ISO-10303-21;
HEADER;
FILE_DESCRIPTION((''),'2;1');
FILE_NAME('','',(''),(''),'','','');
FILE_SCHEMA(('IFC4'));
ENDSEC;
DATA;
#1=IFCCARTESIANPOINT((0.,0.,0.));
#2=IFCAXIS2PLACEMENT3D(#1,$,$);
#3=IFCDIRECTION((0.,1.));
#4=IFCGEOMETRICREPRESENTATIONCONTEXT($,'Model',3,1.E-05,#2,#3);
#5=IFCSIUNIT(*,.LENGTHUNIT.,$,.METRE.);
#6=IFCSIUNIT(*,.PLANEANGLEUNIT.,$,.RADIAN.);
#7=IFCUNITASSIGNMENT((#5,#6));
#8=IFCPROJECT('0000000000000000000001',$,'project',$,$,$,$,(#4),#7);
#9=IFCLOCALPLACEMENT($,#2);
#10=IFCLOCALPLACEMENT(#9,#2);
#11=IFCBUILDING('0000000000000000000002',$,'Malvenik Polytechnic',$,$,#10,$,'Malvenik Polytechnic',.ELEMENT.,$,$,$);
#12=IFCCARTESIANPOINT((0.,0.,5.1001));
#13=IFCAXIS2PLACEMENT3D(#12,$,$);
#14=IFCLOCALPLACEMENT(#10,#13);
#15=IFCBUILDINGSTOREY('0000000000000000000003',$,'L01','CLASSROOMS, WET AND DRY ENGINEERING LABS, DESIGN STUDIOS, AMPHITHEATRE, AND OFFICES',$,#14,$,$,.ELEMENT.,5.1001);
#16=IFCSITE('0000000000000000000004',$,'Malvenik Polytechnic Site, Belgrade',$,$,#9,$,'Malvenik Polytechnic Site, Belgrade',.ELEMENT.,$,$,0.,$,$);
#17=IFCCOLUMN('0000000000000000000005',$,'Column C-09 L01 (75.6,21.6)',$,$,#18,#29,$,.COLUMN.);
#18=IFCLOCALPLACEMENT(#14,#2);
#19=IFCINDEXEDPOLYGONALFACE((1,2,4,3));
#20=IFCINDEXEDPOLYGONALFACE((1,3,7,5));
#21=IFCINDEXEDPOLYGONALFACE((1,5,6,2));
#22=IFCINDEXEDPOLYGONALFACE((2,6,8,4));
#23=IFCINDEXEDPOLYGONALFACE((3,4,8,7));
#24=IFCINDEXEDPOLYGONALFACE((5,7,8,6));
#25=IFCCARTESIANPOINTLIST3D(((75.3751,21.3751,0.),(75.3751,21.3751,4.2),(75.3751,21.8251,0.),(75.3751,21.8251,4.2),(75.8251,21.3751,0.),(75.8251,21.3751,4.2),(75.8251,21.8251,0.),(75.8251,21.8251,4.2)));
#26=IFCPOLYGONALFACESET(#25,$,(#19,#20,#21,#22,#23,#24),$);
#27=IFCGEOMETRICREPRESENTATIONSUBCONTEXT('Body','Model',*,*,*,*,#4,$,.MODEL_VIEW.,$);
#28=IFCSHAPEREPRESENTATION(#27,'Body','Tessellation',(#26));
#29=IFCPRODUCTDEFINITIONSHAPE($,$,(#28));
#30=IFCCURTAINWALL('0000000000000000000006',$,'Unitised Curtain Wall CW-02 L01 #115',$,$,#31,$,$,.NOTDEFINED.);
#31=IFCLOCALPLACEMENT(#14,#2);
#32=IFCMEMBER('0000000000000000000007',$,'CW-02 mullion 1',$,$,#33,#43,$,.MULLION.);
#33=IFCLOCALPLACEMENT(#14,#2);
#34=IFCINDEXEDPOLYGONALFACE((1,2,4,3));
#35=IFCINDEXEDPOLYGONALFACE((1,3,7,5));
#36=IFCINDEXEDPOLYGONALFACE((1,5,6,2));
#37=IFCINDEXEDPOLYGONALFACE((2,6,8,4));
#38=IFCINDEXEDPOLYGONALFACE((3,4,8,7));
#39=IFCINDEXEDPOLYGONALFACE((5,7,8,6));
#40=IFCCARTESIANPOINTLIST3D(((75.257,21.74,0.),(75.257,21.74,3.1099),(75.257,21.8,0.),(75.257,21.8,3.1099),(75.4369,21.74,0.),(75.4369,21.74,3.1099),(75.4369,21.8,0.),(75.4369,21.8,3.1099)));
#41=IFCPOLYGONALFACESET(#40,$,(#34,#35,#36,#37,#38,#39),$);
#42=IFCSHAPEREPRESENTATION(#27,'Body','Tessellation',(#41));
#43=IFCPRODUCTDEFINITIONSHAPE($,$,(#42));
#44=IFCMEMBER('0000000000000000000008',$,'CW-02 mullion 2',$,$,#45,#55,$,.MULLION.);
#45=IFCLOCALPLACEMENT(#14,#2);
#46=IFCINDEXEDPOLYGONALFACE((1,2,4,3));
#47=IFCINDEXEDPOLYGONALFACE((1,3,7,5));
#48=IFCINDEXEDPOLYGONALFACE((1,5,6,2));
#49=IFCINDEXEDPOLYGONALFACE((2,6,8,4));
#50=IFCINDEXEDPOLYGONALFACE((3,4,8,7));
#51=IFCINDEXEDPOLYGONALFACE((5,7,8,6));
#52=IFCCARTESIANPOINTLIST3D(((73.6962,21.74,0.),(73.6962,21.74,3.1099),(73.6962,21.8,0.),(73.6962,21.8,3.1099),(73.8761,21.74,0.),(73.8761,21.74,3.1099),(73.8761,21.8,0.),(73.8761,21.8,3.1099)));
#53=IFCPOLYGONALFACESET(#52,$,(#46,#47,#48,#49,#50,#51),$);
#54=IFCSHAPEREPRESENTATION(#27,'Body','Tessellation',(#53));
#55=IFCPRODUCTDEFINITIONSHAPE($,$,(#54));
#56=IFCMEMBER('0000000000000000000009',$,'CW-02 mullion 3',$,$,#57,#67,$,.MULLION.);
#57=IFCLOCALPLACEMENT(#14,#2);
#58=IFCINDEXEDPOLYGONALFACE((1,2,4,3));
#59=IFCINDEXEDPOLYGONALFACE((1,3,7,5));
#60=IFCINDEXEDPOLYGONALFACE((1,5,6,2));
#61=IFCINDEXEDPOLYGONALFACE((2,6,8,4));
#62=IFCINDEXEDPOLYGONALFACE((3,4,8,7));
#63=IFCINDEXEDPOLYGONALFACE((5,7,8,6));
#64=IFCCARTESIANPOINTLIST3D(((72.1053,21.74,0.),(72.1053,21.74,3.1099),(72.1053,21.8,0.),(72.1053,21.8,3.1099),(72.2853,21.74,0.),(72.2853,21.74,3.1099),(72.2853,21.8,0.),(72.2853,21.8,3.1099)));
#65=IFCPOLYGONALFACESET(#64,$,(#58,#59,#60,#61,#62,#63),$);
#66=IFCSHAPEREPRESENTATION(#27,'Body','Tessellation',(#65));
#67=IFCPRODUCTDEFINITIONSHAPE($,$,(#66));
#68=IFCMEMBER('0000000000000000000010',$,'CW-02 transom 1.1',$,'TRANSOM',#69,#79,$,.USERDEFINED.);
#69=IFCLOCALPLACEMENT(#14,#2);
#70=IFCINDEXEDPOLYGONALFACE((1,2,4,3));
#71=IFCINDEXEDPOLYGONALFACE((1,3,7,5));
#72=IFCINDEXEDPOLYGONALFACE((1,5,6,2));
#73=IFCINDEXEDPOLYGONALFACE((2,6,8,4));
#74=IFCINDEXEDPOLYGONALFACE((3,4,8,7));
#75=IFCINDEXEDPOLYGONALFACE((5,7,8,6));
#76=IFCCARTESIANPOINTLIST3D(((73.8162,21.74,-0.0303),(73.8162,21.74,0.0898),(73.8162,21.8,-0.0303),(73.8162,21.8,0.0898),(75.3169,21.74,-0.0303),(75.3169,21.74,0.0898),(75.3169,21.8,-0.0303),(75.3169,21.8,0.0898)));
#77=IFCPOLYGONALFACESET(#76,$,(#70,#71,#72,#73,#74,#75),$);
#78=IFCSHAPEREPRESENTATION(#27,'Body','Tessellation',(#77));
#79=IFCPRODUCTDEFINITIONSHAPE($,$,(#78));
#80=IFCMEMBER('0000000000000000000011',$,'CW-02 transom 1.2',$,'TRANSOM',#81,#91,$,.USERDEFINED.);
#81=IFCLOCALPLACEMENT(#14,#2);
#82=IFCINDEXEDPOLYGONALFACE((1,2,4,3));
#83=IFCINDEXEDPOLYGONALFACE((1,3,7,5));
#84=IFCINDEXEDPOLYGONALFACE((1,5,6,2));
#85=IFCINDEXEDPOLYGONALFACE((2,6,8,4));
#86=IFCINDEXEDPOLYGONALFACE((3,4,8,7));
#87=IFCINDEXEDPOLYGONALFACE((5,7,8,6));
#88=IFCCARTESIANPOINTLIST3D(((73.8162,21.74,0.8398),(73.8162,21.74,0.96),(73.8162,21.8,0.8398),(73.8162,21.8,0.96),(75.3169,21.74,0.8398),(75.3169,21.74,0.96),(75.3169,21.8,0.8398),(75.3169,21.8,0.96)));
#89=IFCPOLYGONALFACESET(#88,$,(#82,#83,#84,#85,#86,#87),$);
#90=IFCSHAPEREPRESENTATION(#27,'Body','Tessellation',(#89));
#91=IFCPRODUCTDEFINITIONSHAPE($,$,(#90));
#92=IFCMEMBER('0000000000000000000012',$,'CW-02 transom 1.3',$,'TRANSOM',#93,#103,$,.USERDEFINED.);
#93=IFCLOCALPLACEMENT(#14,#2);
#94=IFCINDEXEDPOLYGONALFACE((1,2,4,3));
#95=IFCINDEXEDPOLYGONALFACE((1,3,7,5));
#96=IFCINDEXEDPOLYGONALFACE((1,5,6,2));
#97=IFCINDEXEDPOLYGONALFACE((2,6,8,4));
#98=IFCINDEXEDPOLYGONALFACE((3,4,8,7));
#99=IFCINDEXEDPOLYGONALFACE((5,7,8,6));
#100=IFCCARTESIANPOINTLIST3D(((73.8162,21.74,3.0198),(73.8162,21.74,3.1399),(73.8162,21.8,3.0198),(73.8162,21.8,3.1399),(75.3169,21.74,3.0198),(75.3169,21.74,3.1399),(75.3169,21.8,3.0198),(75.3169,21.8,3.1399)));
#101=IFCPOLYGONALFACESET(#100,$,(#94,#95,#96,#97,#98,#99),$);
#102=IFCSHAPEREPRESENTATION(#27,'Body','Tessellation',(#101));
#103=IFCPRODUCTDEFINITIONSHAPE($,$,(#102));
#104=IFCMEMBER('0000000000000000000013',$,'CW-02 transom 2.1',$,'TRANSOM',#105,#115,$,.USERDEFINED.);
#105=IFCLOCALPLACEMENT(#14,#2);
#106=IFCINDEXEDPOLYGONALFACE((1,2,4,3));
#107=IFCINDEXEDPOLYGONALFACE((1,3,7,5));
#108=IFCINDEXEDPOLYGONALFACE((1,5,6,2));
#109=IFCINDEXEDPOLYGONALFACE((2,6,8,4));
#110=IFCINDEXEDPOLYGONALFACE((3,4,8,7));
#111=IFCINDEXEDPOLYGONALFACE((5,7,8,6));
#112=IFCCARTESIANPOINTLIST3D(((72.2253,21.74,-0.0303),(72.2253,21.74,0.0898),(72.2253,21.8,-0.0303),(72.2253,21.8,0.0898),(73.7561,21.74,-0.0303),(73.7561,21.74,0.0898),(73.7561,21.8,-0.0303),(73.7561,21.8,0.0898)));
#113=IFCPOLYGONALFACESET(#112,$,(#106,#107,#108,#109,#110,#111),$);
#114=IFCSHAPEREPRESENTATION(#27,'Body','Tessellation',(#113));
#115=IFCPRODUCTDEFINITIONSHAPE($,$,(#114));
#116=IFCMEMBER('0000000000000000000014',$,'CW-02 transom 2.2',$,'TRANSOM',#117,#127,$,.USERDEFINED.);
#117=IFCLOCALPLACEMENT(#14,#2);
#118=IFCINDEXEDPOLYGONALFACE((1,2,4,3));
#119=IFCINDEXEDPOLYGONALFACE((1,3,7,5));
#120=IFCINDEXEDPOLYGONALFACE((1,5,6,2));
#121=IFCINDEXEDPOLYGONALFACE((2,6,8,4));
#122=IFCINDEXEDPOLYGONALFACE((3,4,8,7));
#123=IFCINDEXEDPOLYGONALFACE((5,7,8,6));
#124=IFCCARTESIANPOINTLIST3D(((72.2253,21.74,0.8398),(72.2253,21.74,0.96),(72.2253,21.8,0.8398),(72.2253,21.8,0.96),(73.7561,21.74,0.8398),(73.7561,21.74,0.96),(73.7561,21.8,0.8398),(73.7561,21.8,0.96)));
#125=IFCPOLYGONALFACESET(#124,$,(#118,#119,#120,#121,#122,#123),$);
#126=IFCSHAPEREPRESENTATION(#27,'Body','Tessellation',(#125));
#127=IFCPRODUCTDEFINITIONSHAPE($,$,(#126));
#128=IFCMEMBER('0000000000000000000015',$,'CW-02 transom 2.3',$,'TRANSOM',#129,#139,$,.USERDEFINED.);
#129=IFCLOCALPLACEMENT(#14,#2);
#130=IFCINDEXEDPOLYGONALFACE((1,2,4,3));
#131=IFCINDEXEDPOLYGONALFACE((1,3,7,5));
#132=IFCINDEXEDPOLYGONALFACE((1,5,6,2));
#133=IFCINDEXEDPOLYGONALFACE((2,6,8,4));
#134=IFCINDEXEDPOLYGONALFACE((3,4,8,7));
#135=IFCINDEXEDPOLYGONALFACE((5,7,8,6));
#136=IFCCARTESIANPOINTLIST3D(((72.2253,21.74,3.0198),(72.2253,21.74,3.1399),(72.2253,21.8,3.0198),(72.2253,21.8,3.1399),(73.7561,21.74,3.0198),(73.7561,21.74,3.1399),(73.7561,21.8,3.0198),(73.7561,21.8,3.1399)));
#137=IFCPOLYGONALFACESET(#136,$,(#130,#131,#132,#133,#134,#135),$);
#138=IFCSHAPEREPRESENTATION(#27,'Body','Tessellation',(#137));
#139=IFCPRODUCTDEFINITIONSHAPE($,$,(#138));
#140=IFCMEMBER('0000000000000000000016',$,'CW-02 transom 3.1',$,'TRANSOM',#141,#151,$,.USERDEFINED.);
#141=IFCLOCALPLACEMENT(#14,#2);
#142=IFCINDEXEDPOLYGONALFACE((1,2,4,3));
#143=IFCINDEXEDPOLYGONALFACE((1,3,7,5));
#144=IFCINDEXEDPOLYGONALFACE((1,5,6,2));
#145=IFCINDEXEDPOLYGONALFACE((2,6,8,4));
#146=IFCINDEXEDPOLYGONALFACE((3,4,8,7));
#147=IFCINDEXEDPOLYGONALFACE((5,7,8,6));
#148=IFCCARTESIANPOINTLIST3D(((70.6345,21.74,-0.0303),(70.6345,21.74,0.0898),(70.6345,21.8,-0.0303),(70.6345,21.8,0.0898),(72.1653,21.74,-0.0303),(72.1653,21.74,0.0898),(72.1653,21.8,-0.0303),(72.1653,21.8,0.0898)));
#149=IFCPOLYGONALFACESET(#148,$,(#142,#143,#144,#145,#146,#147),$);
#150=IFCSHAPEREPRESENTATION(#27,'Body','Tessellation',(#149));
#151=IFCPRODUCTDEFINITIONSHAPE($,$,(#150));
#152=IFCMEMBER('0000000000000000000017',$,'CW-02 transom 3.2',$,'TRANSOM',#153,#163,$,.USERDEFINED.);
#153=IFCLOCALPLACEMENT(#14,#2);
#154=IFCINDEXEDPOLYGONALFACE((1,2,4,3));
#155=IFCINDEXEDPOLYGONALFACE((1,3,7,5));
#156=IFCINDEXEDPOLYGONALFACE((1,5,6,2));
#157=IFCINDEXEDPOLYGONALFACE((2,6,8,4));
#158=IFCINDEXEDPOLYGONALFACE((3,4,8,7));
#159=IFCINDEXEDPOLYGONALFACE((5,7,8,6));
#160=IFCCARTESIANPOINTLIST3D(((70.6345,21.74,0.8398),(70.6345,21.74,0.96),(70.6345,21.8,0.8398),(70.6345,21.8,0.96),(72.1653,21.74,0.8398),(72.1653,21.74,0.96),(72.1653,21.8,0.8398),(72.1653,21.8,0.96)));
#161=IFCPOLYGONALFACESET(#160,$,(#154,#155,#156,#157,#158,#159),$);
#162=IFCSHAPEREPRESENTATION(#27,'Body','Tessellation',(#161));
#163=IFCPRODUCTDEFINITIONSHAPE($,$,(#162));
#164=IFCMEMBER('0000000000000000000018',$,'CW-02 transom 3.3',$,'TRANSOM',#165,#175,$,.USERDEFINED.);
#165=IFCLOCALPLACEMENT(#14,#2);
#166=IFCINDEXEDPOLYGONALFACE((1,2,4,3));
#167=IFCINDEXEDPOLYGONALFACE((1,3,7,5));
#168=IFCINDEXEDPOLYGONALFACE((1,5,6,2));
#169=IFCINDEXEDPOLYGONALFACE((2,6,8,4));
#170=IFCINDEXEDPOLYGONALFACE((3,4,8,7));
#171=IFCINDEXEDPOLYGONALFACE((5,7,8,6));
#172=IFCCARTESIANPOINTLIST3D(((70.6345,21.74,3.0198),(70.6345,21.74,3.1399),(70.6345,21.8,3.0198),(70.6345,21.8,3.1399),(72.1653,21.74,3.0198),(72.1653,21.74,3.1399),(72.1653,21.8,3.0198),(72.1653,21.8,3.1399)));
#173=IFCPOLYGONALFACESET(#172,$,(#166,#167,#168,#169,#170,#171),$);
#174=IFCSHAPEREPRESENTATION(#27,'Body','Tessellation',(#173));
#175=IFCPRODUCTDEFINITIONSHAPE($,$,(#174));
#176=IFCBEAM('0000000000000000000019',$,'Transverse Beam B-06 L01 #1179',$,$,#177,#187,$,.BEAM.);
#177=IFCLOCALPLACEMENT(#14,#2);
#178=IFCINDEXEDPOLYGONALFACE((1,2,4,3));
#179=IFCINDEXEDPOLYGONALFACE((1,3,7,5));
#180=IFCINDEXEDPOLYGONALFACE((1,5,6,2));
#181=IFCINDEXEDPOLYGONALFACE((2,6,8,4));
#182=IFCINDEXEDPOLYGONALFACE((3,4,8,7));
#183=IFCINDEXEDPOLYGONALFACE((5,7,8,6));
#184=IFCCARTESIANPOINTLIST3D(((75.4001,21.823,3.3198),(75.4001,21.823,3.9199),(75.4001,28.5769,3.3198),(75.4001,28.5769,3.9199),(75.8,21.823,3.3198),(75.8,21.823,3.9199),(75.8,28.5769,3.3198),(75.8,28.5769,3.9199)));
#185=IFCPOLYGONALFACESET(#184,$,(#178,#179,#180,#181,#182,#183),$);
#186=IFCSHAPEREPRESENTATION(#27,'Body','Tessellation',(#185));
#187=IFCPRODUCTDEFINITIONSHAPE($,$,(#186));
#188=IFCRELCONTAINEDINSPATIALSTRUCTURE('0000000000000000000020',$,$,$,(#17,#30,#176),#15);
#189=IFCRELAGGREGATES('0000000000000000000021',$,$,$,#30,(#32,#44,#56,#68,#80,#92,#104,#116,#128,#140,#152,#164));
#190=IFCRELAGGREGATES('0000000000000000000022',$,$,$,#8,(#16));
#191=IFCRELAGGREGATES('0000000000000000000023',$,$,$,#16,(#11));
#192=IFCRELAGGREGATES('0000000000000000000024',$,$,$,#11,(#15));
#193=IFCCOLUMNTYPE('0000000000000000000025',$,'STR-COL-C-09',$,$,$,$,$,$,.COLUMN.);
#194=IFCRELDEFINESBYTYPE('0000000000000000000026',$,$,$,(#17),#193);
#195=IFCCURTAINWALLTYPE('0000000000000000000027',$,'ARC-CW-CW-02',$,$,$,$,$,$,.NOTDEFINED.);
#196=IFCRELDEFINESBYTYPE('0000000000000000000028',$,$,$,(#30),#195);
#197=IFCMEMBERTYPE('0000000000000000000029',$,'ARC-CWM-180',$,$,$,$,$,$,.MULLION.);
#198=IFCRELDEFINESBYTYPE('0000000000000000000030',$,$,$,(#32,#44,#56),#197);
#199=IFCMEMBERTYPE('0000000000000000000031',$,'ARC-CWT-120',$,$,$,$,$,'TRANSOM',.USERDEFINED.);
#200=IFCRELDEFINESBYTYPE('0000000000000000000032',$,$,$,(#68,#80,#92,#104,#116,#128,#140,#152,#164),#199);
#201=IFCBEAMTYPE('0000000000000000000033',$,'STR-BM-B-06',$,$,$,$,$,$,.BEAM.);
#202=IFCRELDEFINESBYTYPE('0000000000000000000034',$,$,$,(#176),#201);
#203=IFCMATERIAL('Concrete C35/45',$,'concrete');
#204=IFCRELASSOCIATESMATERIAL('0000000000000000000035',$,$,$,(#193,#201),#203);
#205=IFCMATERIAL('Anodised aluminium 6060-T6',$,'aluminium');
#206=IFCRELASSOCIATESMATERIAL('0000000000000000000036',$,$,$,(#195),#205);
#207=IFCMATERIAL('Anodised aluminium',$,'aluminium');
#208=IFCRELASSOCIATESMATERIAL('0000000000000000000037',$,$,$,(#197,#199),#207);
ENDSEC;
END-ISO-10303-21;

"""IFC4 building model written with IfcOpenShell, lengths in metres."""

from ifc_helpers import new_model, si_unit, direction, frame, origin, origin_2d, place, context, subcontext, project, spatial, rectangle, extrude, material, material_profile, profile_set, type_object, element, aggregate, save


model = new_model("IFC4")

# Units and contexts
model_context = context("Model", 3, precision=1e-05, world=origin(), true_north=direction((0.0, 1.0)))
body_context = subcontext(model_context, "Body", "Model", "MODEL_VIEW")
ifc_project = project(units=[si_unit("LENGTHUNIT", "METRE"), si_unit("PLANEANGLEUNIT", "RADIAN")], contexts=[model_context])

# Site, building, storey
site_placement = place(None, origin())
site = spatial("IfcSite", under=ifc_project, at=site_placement, Name="Malvenik Polytechnic Site, Belgrade", LongName="Malvenik Polytechnic Site, Belgrade", CompositionType="ELEMENT", RefElevation=0.0)
building_placement = place(site_placement, origin())
building = spatial("IfcBuilding", under=site, at=building_placement, Name="Malvenik Polytechnic", LongName="Malvenik Polytechnic", CompositionType="ELEMENT")
storey_placement = place(building_placement, frame((0.0, 0.0, 5.1001)))
storey = spatial("IfcBuildingStorey", under=building, at=storey_placement, Name="L01", Description="CLASSROOMS, WET AND DRY ENGINEERING LABS, DESIGN STUDIOS, AMPHITHEATRE, AND OFFICES", CompositionType="ELEMENT", Elevation=5.1001)

# Column
ifc_material_1 = material(Name="Concrete C35/45", Category="concrete")
ifc_material_profile_1 = material_profile(ifc_material_1, rectangle(XDim=0.45, YDim=0.45, at=origin_2d()), Name="RC COL 450x450")
ifc_profile_set_1 = profile_set([ifc_material_profile_1], Name="Concrete C35/45")
column_type = type_object("IfcColumnType", Name="STR-COL-C-09", PredefinedType="COLUMN", material=ifc_profile_set_1)
column_placement = place(storey_placement, frame((75.6001, 21.6001, 0.0), z_axis=(0.0, 0.0, 1.0), x_axis=(1.0, 0.0, 0.0)))
element("IfcColumn", 1, at=column_placement, inside=storey, type_object=column_type, Name="Column C-09 L01 (75.6,21.6)", PredefinedType="COLUMN", context=body_context, shape_type="SweptSolid", body=[
    extrude(rectangle(XDim=0.45, YDim=0.45, at=origin_2d()), origin(), (0.0, 0.0, 1.0), 4.2),
])

# Curtain wall, members
ifc_material_2 = material(Name="Anodised aluminium 6060-T6", Category="aluminium")
curtain_wall_type = type_object("IfcCurtainWallType", Name="ARC-CW-CW-02", PredefinedType="NOTDEFINED", material=ifc_material_2)
curtain_wall_placement = place(storey_placement, origin())
curtain_wall = element("IfcCurtainWall", 2, at=curtain_wall_placement, inside=storey, type_object=curtain_wall_type, Name="Unitised Curtain Wall CW-02 L01 #115", PredefinedType="NOTDEFINED")
ifc_material_3 = material(Name="Anodised aluminium", Category="aluminium")
ifc_material_profile_2 = material_profile(ifc_material_3, rectangle(XDim=0.0601, YDim=0.1799, at=origin_2d()), Name="ALU MULLION 60x180")
ifc_profile_set_2 = profile_set([ifc_material_profile_2], Name="Anodised aluminium")
member_type_1 = type_object("IfcMemberType", Name="ARC-CWM-180", PredefinedType="MULLION", material=ifc_profile_set_2)
member_1_placement = place(storey_placement, frame((75.3469, 21.77, 0.0), z_axis=(0.0, 0.0, 1.0), x_axis=(0.0, -1.0, 0.0)))
member_1 = element("IfcMember", 3, at=member_1_placement, type_object=member_type_1, Name="CW-02 mullion 1", PredefinedType="MULLION", context=body_context, shape_type="SweptSolid", body=[
    extrude(rectangle(XDim=0.0601, YDim=0.1799, at=origin_2d()), origin(), (0.0, 0.0, 1.0), 3.1099),
])
member_2_placement = place(storey_placement, frame((73.7861, 21.77, 0.0), z_axis=(0.0, 0.0, 1.0), x_axis=(0.0, -1.0, 0.0)))
member_2 = element("IfcMember", 4, at=member_2_placement, type_object=member_type_1, Name="CW-02 mullion 2", PredefinedType="MULLION", context=body_context, shape_type="SweptSolid", body=[
    extrude(rectangle(XDim=0.0601, YDim=0.1799, at=origin_2d()), origin(), (0.0, 0.0, 1.0), 3.1099),
])
member_3_placement = place(storey_placement, frame((72.1953, 21.77, 0.0), z_axis=(0.0, 0.0, 1.0), x_axis=(0.0, -1.0, 0.0)))
member_3 = element("IfcMember", 5, at=member_3_placement, type_object=member_type_1, Name="CW-02 mullion 3", PredefinedType="MULLION", context=body_context, shape_type="SweptSolid", body=[
    extrude(rectangle(XDim=0.0601, YDim=0.1799, at=origin_2d()), origin(), (0.0, 0.0, 1.0), 3.1099),
])
ifc_material_profile_3 = material_profile(ifc_material_3, rectangle(XDim=0.0601, YDim=0.1201, at=origin_2d()), Name="ALU TRANSOM 60x120")
ifc_profile_set_3 = profile_set([ifc_material_profile_3], Name="Anodised aluminium")
member_type_2 = type_object("IfcMemberType", Name="ARC-CWT-120", ElementType="TRANSOM", PredefinedType="USERDEFINED", material=ifc_profile_set_3)
member_4_placement = place(storey_placement, frame((75.3169, 21.77, 0.0298), z_axis=(-1.0, 0.0, 0.0), x_axis=(0.0, -1.0, 0.0)))
member_4 = element("IfcMember", 6, at=member_4_placement, type_object=member_type_2, Name="CW-02 transom 1.1", ObjectType="TRANSOM", PredefinedType="USERDEFINED", context=body_context, shape_type="SweptSolid", body=[
    extrude(rectangle(XDim=0.0601, YDim=0.1201, at=origin_2d()), origin(), (0.0, 0.0, 1.0), 1.5007),
])
member_5_placement = place(storey_placement, frame((75.3169, 21.77, 0.8999), z_axis=(-1.0, 0.0, 0.0), x_axis=(0.0, -1.0, 0.0)))
member_5 = element("IfcMember", 7, at=member_5_placement, type_object=member_type_2, Name="CW-02 transom 1.2", ObjectType="TRANSOM", PredefinedType="USERDEFINED", context=body_context, shape_type="SweptSolid", body=[
    extrude(rectangle(XDim=0.0601, YDim=0.1201, at=origin_2d()), origin(), (0.0, 0.0, 1.0), 1.5007),
])
member_6_placement = place(storey_placement, frame((75.3169, 21.77, 3.0798), z_axis=(-1.0, 0.0, 0.0), x_axis=(0.0, -1.0, 0.0)))
member_6 = element("IfcMember", 8, at=member_6_placement, type_object=member_type_2, Name="CW-02 transom 1.3", ObjectType="TRANSOM", PredefinedType="USERDEFINED", context=body_context, shape_type="SweptSolid", body=[
    extrude(rectangle(XDim=0.0601, YDim=0.1201, at=origin_2d()), origin(), (0.0, 0.0, 1.0), 1.5007),
])
member_7_placement = place(storey_placement, frame((73.7561, 21.77, 0.0298), z_axis=(-1.0, 0.0, 0.0), x_axis=(0.0, -1.0, 0.0)))
member_7 = element("IfcMember", 9, at=member_7_placement, type_object=member_type_2, Name="CW-02 transom 2.1", ObjectType="TRANSOM", PredefinedType="USERDEFINED", context=body_context, shape_type="SweptSolid", body=[
    extrude(rectangle(XDim=0.0601, YDim=0.1201, at=origin_2d()), origin(), (0.0, 0.0, 1.0), 1.5308),
])
member_8_placement = place(storey_placement, frame((73.7561, 21.77, 0.8999), z_axis=(-1.0, 0.0, 0.0), x_axis=(0.0, -1.0, 0.0)))
member_8 = element("IfcMember", 10, at=member_8_placement, type_object=member_type_2, Name="CW-02 transom 2.2", ObjectType="TRANSOM", PredefinedType="USERDEFINED", context=body_context, shape_type="SweptSolid", body=[
    extrude(rectangle(XDim=0.0601, YDim=0.1201, at=origin_2d()), origin(), (0.0, 0.0, 1.0), 1.5308),
])
member_9_placement = place(storey_placement, frame((73.7561, 21.77, 3.0798), z_axis=(-1.0, 0.0, 0.0), x_axis=(0.0, -1.0, 0.0)))
member_9 = element("IfcMember", 11, at=member_9_placement, type_object=member_type_2, Name="CW-02 transom 2.3", ObjectType="TRANSOM", PredefinedType="USERDEFINED", context=body_context, shape_type="SweptSolid", body=[
    extrude(rectangle(XDim=0.0601, YDim=0.1201, at=origin_2d()), origin(), (0.0, 0.0, 1.0), 1.5308),
])
member_10_placement = place(storey_placement, frame((72.1653, 21.77, 0.0298), z_axis=(-1.0, 0.0, 0.0), x_axis=(0.0, -1.0, 0.0)))
member_10 = element("IfcMember", 12, at=member_10_placement, type_object=member_type_2, Name="CW-02 transom 3.1", ObjectType="TRANSOM", PredefinedType="USERDEFINED", context=body_context, shape_type="SweptSolid", body=[
    extrude(rectangle(XDim=0.0601, YDim=0.1201, at=origin_2d()), origin(), (0.0, 0.0, 1.0), 1.5308),
])
member_11_placement = place(storey_placement, frame((72.1653, 21.77, 0.8999), z_axis=(-1.0, 0.0, 0.0), x_axis=(0.0, -1.0, 0.0)))
member_11 = element("IfcMember", 13, at=member_11_placement, type_object=member_type_2, Name="CW-02 transom 3.2", ObjectType="TRANSOM", PredefinedType="USERDEFINED", context=body_context, shape_type="SweptSolid", body=[
    extrude(rectangle(XDim=0.0601, YDim=0.1201, at=origin_2d()), origin(), (0.0, 0.0, 1.0), 1.5308),
])
member_12_placement = place(storey_placement, frame((72.1653, 21.77, 3.0798), z_axis=(-1.0, 0.0, 0.0), x_axis=(0.0, -1.0, 0.0)))
member_12 = element("IfcMember", 14, at=member_12_placement, type_object=member_type_2, Name="CW-02 transom 3.3", ObjectType="TRANSOM", PredefinedType="USERDEFINED", context=body_context, shape_type="SweptSolid", body=[
    extrude(rectangle(XDim=0.0601, YDim=0.1201, at=origin_2d()), origin(), (0.0, 0.0, 1.0), 1.5308),
])

# Beam
ifc_material_profile_4 = material_profile(ifc_material_1, rectangle(XDim=0.3999, YDim=0.6001, at=origin_2d()), Name="RC BM 400x600")
ifc_profile_set_4 = profile_set([ifc_material_profile_4], Name="Concrete C35/45")
beam_type_1 = type_object("IfcBeamType", Name="STR-BM-B-06", PredefinedType="BEAM", material=ifc_profile_set_4)
beam_1_placement = place(storey_placement, frame((75.6001, 21.823, 3.6199), z_axis=(0.0, 1.0, 0.0), x_axis=(-1.0, 0.0, 0.0)))
element("IfcBeam", 15, at=beam_1_placement, inside=storey, type_object=beam_type_1, Name="Transverse Beam B-06 L01 #1179", PredefinedType="BEAM", context=body_context, shape_type="SweptSolid", body=[
    extrude(rectangle(XDim=0.3999, YDim=0.6001, at=origin_2d()), origin(), (0.0, 0.0, 1.0), 6.7539),
])

aggregate(curtain_wall, [member_1, member_2, member_3, member_4, member_5, member_6, member_7, member_8, member_9, member_10, member_11, member_12])

save(model, "model.ifc")
